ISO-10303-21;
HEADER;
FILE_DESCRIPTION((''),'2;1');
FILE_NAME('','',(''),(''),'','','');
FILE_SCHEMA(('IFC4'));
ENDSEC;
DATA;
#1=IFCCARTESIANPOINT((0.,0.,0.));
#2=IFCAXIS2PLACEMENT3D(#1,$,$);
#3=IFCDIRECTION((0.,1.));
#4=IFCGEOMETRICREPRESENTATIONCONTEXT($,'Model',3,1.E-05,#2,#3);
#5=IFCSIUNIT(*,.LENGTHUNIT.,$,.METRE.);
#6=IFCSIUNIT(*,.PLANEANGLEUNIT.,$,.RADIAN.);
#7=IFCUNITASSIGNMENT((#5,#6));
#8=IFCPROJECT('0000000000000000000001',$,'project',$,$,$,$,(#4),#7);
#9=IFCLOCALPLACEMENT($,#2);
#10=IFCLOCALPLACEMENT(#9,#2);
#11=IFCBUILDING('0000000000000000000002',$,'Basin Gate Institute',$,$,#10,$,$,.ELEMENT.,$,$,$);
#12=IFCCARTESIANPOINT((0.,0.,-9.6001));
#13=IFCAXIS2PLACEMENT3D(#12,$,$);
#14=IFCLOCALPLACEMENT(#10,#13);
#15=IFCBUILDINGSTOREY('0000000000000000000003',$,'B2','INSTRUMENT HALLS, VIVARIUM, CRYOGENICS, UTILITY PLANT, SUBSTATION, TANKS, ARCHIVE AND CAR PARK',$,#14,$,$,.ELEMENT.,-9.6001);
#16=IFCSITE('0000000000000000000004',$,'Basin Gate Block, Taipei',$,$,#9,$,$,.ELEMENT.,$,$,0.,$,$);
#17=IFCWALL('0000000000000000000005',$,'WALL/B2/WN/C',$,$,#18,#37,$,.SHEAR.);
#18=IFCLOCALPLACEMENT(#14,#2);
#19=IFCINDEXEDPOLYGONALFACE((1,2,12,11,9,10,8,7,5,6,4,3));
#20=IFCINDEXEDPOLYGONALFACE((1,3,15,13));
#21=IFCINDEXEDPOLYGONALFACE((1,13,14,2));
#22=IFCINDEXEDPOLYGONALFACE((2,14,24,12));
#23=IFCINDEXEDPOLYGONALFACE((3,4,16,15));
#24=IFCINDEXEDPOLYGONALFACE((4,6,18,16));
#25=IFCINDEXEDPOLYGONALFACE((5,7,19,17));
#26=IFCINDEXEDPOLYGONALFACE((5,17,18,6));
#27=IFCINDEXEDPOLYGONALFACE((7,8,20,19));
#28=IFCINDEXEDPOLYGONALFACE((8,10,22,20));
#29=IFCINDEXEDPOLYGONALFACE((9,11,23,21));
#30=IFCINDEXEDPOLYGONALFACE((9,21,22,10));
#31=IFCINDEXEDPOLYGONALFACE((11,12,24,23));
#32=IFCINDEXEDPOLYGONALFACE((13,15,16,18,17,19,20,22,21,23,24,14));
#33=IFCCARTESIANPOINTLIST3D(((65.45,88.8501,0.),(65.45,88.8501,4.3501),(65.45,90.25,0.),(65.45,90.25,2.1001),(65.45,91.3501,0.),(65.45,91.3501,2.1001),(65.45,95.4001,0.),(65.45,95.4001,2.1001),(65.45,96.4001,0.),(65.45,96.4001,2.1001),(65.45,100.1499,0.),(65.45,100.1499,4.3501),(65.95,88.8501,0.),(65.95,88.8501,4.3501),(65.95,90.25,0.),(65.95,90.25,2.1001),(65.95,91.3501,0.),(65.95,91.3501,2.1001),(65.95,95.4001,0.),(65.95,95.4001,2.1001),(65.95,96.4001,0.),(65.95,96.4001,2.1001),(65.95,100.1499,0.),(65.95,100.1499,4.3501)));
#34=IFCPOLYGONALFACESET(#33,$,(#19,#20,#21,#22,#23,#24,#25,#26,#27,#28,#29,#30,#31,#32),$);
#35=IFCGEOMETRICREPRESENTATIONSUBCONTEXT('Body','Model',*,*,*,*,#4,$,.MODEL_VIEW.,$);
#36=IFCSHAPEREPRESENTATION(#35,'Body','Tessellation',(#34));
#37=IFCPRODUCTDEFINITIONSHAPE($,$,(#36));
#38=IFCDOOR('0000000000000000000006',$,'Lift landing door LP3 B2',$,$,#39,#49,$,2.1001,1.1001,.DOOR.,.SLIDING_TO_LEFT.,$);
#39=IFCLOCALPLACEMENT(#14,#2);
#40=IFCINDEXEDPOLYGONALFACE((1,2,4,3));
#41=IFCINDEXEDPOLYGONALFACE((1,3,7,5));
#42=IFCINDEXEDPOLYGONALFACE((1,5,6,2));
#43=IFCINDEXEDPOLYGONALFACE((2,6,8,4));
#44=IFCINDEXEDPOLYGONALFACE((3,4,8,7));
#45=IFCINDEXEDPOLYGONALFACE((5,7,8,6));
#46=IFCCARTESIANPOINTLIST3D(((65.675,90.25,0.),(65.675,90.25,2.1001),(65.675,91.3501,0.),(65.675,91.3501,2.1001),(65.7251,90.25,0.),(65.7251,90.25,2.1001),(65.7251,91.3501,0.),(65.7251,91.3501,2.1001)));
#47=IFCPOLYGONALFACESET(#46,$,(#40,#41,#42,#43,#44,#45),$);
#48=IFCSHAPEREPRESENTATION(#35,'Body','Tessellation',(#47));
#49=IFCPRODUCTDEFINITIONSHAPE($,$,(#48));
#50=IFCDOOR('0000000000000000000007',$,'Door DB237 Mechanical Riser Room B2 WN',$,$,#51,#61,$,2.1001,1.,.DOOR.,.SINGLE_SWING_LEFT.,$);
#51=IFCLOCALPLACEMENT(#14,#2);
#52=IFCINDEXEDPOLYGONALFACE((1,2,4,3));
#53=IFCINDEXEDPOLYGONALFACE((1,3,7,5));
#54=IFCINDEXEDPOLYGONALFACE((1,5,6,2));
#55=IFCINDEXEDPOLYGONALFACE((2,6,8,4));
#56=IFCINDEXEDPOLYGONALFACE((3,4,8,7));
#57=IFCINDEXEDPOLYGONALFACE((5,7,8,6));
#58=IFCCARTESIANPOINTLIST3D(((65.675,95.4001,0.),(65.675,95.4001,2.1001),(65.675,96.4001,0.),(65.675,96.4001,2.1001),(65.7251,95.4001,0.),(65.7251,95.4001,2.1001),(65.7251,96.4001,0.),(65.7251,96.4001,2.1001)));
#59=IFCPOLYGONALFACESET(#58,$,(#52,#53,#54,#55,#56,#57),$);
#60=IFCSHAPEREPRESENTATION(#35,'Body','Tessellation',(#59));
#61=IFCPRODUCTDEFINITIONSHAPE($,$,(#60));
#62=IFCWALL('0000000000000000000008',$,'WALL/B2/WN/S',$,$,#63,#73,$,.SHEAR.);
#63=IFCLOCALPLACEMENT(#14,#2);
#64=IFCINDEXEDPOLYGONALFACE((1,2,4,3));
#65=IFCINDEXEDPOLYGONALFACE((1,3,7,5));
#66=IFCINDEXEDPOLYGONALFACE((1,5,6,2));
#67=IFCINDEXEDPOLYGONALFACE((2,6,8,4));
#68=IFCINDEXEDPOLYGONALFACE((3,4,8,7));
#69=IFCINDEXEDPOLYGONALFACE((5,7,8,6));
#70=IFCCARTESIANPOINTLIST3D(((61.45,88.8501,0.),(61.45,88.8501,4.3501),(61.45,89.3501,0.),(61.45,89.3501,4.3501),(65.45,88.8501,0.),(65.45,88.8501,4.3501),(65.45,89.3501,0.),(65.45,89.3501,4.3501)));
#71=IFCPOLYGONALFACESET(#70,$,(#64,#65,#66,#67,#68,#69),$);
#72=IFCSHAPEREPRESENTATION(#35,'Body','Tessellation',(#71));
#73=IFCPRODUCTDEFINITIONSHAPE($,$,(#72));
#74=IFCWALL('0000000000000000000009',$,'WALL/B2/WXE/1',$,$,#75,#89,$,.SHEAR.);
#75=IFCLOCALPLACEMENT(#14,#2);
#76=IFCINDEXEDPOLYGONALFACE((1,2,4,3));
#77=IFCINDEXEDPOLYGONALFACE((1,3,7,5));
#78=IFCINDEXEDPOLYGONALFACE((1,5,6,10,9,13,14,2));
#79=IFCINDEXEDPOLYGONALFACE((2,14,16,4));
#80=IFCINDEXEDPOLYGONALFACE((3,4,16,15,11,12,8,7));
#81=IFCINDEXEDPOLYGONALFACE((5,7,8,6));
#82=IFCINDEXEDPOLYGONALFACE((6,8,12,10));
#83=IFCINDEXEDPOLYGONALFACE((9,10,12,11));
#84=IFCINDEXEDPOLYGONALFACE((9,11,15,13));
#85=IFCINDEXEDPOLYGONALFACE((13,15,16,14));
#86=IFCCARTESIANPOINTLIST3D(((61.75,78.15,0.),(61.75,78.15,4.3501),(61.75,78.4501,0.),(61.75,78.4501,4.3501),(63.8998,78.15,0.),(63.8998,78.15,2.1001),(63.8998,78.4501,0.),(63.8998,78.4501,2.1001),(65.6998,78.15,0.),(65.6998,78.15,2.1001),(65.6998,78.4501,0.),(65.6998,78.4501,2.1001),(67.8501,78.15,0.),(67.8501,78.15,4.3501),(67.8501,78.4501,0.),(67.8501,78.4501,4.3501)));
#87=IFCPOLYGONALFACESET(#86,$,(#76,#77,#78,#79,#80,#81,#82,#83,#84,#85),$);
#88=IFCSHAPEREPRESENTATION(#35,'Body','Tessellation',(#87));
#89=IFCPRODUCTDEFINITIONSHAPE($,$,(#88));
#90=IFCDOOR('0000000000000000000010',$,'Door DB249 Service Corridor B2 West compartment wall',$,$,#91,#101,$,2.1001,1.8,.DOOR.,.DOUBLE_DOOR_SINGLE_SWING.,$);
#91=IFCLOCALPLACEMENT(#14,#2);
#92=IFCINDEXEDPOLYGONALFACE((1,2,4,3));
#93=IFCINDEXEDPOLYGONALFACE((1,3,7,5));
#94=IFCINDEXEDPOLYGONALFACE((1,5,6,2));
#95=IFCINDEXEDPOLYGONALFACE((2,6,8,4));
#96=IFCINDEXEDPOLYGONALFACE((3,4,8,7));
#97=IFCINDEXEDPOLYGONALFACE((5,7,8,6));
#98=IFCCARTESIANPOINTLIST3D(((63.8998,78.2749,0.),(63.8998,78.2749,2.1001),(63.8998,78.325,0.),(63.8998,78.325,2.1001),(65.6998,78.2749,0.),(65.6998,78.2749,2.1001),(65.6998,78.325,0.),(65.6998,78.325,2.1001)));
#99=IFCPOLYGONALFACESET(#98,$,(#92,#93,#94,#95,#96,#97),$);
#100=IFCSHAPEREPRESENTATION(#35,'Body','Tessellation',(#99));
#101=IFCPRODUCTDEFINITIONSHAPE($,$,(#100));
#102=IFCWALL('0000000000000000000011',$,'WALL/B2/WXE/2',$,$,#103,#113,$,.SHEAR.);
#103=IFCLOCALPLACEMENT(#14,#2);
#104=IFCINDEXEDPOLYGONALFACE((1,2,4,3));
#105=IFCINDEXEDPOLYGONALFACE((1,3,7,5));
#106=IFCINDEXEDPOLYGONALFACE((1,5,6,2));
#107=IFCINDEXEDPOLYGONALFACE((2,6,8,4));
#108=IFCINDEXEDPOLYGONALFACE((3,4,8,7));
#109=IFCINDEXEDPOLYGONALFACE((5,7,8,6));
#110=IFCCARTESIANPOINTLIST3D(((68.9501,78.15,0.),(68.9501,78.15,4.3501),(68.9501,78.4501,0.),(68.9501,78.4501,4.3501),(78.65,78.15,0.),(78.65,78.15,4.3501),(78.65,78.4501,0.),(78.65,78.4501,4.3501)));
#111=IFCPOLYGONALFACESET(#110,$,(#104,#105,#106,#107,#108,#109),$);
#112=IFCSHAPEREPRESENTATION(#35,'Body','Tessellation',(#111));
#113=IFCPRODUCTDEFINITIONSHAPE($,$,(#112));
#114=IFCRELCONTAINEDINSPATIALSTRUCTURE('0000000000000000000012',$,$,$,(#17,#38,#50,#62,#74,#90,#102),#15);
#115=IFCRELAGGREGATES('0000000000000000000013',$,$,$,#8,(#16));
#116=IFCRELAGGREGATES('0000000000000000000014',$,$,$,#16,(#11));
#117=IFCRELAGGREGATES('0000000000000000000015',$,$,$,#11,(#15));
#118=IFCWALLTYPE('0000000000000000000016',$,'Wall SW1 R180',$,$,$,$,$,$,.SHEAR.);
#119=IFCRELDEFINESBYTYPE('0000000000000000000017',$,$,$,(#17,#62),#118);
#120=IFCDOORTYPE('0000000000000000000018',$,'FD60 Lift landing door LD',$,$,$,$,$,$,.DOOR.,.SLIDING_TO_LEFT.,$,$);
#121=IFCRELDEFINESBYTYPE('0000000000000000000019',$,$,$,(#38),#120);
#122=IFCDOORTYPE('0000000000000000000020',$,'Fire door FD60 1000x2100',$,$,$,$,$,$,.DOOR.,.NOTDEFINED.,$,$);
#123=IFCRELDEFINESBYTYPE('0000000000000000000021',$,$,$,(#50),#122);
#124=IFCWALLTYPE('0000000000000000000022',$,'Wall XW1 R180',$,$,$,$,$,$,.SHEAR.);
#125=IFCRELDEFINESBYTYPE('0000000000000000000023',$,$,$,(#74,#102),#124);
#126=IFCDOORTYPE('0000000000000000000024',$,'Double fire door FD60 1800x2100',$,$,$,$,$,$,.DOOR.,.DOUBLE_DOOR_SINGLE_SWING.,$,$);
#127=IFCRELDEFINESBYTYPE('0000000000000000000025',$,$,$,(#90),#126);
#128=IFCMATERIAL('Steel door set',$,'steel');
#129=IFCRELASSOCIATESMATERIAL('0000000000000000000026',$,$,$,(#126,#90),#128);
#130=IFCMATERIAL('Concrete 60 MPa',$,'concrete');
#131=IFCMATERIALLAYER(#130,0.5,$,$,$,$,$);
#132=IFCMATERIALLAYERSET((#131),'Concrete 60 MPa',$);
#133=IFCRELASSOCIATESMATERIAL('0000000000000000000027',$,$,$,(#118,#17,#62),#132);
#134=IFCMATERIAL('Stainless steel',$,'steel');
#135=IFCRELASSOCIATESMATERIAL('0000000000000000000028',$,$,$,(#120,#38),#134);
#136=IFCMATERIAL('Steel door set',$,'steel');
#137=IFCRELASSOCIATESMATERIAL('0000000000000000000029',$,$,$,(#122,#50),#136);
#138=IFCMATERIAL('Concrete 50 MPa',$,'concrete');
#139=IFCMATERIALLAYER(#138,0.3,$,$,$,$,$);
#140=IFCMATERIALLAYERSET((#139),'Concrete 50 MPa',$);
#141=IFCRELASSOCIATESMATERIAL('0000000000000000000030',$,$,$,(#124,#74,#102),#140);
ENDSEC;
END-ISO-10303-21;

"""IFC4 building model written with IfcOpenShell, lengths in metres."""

from ifc_helpers import new_model, si_unit, direction, frame, frame_2d, origin, place, context, subcontext, project, spatial, rectangle, extrude, material, layer, layer_set, type_object, element, fill, save


model = new_model("IFC4")

# Units and contexts
model_context = context("Model", 3, precision=1e-05, world=origin(), true_north=direction((0.0, 1.0)))
body_context = subcontext(model_context, "Body", "Model", "MODEL_VIEW")
ifc_project = project(units=[si_unit("LENGTHUNIT", "METRE"), si_unit("PLANEANGLEUNIT", "RADIAN")], contexts=[model_context])

# Site, building, storey
site_placement = place(None, origin())
site = spatial("IfcSite", under=ifc_project, at=site_placement, Name="Basin Gate Block, Taipei", CompositionType="ELEMENT", RefElevation=0.0)
building_placement = place(site_placement, origin())
building = spatial("IfcBuilding", under=site, at=building_placement, Name="Basin Gate Institute", CompositionType="ELEMENT")
storey_placement = place(building_placement, frame((0.0, 0.0, -9.6001)))
storey = spatial("IfcBuildingStorey", under=building, at=storey_placement, Name="B2", Description="INSTRUMENT HALLS, VIVARIUM, CRYOGENICS, UTILITY PLANT, SUBSTATION, TANKS, ARCHIVE AND CAR PARK", CompositionType="ELEMENT", Elevation=-9.6001)

# Shared definitions
ifc_material_1 = material(Name="Steel door set", Category="steel")
door_type_1 = type_object("IfcDoorType", Name="Double fire door FD60 1800x2100", OperationType="DOUBLE_DOOR_SINGLE_SWING", PredefinedType="DOOR", material=ifc_material_1)

# Shared definitions
ifc_material_2 = material(Name="Concrete 60 MPa", Category="concrete")
ifc_layer_1 = layer(ifc_material_2, 0.5)
ifc_layer_set_1 = layer_set([ifc_layer_1], Name="Concrete 60 MPa")
wall_type_1 = type_object("IfcWallType", Name="Wall SW1 R180", PredefinedType="SHEAR", material=ifc_layer_set_1)

# Wall, openings, doors
wall_1_placement = place(storey_placement, frame((65.7, 88.8501, 0.0), z_axis=(0.0, 0.0, 1.0), x_axis=(0.0, 1.0, 0.0)))
wall_1 = element("IfcWall", 1, at=wall_1_placement, inside=storey, type_object=wall_type_1, material=ifc_layer_set_1, Name="WALL/B2/WN/C", PredefinedType="SHEAR", context=body_context, shape_type="SweptSolid", body=[
    extrude(rectangle(XDim=11.2998, YDim=0.5, at=frame_2d((5.6499, 0.0))), origin(), (0.0, 0.0, 1.0), 4.3501),
])
opening_1_placement = place(wall_1_placement, frame((1.3999, 0.0, 0.0)))
opening_1 = element("IfcOpeningElement", 2, at=opening_1_placement, cuts=wall_1, PredefinedType="OPENING", context=body_context, shape_type="SweptSolid", body=[
    extrude(rectangle(XDim=1.1001, YDim=2.1001, at=frame_2d((0.55, 1.05))), frame((0.0, 0.26, 0.0), z_axis=(0.0, -1.0, 0.0), x_axis=(1.0, 0.0, 0.0)), (0.0, 0.0, 1.0), 0.52),
])
opening_2_placement = place(wall_1_placement, frame((6.55, 0.0, 0.0)))
opening_2 = element("IfcOpeningElement", 3, at=opening_2_placement, cuts=wall_1, PredefinedType="OPENING", context=body_context, shape_type="SweptSolid", body=[
    extrude(rectangle(XDim=1.0, YDim=2.1001, at=frame_2d((0.5, 1.05))), frame((0.0, 0.26, 0.0), z_axis=(0.0, -1.0, 0.0), x_axis=(1.0, 0.0, 0.0)), (0.0, 0.0, 1.0), 0.52),
])
ifc_material_3 = material(Name="Stainless steel", Category="steel")
door_type_2 = type_object("IfcDoorType", Name="FD60 Lift landing door LD", OperationType="SLIDING_TO_LEFT", PredefinedType="DOOR", material=ifc_material_3)
door_1_placement = place(opening_1_placement, origin())
door_1 = element("IfcDoor", 4, at=door_1_placement, inside=storey, type_object=door_type_2, material=ifc_material_3, Name="Lift landing door LP3 B2", OperationType="SLIDING_TO_LEFT", OverallHeight=2.1001, OverallWidth=1.1001, PredefinedType="DOOR", context=body_context, shape_type="SweptSolid", body=[
    extrude(rectangle(XDim=1.1001, YDim=2.1001, at=frame_2d((0.55, 1.05))), frame((0.0, 0.0249, 0.0), z_axis=(0.0, -1.0, 0.0), x_axis=(1.0, 0.0, 0.0)), (0.0, 0.0, 1.0), 0.05),
])
fill(opening_1, door_1)
ifc_material_4 = material(Name="Steel door set", Category="steel")
door_type_3 = type_object("IfcDoorType", Name="Fire door FD60 1000x2100", OperationType="NOTDEFINED", PredefinedType="DOOR", material=ifc_material_4)
door_2_placement = place(opening_2_placement, origin())
door_2 = element("IfcDoor", 5, at=door_2_placement, inside=storey, type_object=door_type_3, material=ifc_material_4, Name="Door DB237 Mechanical Riser Room B2 WN", OperationType="SINGLE_SWING_LEFT", OverallHeight=2.1001, OverallWidth=1.0, PredefinedType="DOOR", context=body_context, shape_type="SweptSolid", body=[
    extrude(rectangle(XDim=1.0, YDim=2.1001, at=frame_2d((0.5, 1.05))), frame((0.0, 0.0249, 0.0), z_axis=(0.0, -1.0, 0.0), x_axis=(1.0, 0.0, 0.0)), (0.0, 0.0, 1.0), 0.05),
])
fill(opening_2, door_2)

# Wall
wall_2_placement = place(storey_placement, frame((61.45, 89.1001, 0.0), z_axis=(0.0, 0.0, 1.0), x_axis=(1.0, 0.0, 0.0)))
element("IfcWall", 6, at=wall_2_placement, inside=storey, type_object=wall_type_1, material=ifc_layer_set_1, Name="WALL/B2/WN/S", PredefinedType="SHEAR", context=body_context, shape_type="SweptSolid", body=[
    extrude(rectangle(XDim=4.0, YDim=0.5, at=frame_2d((2.0, 0.0))), origin(), (0.0, 0.0, 1.0), 4.3501),
])

# Wall, opening, door
ifc_material_5 = material(Name="Concrete 50 MPa", Category="concrete")
ifc_layer_2 = layer(ifc_material_5, 0.3)
ifc_layer_set_2 = layer_set([ifc_layer_2], Name="Concrete 50 MPa")
wall_type_2 = type_object("IfcWallType", Name="Wall XW1 R180", PredefinedType="SHEAR", material=ifc_layer_set_2)
wall_3_placement = place(storey_placement, frame((61.75, 78.3, 0.0), z_axis=(0.0, 0.0, 1.0), x_axis=(1.0, 0.0, 0.0)))
wall_3 = element("IfcWall", 7, at=wall_3_placement, inside=storey, type_object=wall_type_2, material=ifc_layer_set_2, Name="WALL/B2/WXE/1", PredefinedType="SHEAR", context=body_context, shape_type="SweptSolid", body=[
    extrude(rectangle(XDim=6.1001, YDim=0.3, at=frame_2d((3.05, 0.0))), origin(), (0.0, 0.0, 1.0), 4.3501),
])
opening_3_placement = place(wall_3_placement, frame((2.1499, 0.0, 0.0)))
opening_3 = element("IfcOpeningElement", 8, at=opening_3_placement, cuts=wall_3, PredefinedType="OPENING", context=body_context, shape_type="SweptSolid", body=[
    extrude(rectangle(XDim=1.8, YDim=2.1001, at=frame_2d((0.8999, 1.05))), frame((0.0, 0.1602, 0.0), z_axis=(0.0, -1.0, 0.0), x_axis=(1.0, 0.0, 0.0)), (0.0, 0.0, 1.0), 0.3201),
])
door_3_placement = place(opening_3_placement, origin())
door_3 = element("IfcDoor", 9, at=door_3_placement, inside=storey, type_object=door_type_1, material=ifc_material_1, Name="Door DB249 Service Corridor B2 West compartment wall", OperationType="DOUBLE_DOOR_SINGLE_SWING", OverallHeight=2.1001, OverallWidth=1.8, PredefinedType="DOOR", context=body_context, shape_type="SweptSolid", body=[
    extrude(rectangle(XDim=1.8, YDim=2.1001, at=frame_2d((0.8999, 1.05))), frame((0.0, 0.0249, 0.0), z_axis=(0.0, -1.0, 0.0), x_axis=(1.0, 0.0, 0.0)), (0.0, 0.0, 1.0), 0.05),
])
fill(opening_3, door_3)

# Wall
wall_4_placement = place(storey_placement, frame((68.95, 78.3, 0.0), z_axis=(0.0, 0.0, 1.0), x_axis=(1.0, 0.0, 0.0)))
element("IfcWall", 10, at=wall_4_placement, inside=storey, type_object=wall_type_2, material=ifc_layer_set_2, Name="WALL/B2/WXE/2", PredefinedType="SHEAR", context=body_context, shape_type="SweptSolid", body=[
    extrude(rectangle(XDim=9.7, YDim=0.3, at=frame_2d((4.8501, 0.0))), origin(), (0.0, 0.0, 1.0), 4.3501),
])

save(model, "model.ifc")
